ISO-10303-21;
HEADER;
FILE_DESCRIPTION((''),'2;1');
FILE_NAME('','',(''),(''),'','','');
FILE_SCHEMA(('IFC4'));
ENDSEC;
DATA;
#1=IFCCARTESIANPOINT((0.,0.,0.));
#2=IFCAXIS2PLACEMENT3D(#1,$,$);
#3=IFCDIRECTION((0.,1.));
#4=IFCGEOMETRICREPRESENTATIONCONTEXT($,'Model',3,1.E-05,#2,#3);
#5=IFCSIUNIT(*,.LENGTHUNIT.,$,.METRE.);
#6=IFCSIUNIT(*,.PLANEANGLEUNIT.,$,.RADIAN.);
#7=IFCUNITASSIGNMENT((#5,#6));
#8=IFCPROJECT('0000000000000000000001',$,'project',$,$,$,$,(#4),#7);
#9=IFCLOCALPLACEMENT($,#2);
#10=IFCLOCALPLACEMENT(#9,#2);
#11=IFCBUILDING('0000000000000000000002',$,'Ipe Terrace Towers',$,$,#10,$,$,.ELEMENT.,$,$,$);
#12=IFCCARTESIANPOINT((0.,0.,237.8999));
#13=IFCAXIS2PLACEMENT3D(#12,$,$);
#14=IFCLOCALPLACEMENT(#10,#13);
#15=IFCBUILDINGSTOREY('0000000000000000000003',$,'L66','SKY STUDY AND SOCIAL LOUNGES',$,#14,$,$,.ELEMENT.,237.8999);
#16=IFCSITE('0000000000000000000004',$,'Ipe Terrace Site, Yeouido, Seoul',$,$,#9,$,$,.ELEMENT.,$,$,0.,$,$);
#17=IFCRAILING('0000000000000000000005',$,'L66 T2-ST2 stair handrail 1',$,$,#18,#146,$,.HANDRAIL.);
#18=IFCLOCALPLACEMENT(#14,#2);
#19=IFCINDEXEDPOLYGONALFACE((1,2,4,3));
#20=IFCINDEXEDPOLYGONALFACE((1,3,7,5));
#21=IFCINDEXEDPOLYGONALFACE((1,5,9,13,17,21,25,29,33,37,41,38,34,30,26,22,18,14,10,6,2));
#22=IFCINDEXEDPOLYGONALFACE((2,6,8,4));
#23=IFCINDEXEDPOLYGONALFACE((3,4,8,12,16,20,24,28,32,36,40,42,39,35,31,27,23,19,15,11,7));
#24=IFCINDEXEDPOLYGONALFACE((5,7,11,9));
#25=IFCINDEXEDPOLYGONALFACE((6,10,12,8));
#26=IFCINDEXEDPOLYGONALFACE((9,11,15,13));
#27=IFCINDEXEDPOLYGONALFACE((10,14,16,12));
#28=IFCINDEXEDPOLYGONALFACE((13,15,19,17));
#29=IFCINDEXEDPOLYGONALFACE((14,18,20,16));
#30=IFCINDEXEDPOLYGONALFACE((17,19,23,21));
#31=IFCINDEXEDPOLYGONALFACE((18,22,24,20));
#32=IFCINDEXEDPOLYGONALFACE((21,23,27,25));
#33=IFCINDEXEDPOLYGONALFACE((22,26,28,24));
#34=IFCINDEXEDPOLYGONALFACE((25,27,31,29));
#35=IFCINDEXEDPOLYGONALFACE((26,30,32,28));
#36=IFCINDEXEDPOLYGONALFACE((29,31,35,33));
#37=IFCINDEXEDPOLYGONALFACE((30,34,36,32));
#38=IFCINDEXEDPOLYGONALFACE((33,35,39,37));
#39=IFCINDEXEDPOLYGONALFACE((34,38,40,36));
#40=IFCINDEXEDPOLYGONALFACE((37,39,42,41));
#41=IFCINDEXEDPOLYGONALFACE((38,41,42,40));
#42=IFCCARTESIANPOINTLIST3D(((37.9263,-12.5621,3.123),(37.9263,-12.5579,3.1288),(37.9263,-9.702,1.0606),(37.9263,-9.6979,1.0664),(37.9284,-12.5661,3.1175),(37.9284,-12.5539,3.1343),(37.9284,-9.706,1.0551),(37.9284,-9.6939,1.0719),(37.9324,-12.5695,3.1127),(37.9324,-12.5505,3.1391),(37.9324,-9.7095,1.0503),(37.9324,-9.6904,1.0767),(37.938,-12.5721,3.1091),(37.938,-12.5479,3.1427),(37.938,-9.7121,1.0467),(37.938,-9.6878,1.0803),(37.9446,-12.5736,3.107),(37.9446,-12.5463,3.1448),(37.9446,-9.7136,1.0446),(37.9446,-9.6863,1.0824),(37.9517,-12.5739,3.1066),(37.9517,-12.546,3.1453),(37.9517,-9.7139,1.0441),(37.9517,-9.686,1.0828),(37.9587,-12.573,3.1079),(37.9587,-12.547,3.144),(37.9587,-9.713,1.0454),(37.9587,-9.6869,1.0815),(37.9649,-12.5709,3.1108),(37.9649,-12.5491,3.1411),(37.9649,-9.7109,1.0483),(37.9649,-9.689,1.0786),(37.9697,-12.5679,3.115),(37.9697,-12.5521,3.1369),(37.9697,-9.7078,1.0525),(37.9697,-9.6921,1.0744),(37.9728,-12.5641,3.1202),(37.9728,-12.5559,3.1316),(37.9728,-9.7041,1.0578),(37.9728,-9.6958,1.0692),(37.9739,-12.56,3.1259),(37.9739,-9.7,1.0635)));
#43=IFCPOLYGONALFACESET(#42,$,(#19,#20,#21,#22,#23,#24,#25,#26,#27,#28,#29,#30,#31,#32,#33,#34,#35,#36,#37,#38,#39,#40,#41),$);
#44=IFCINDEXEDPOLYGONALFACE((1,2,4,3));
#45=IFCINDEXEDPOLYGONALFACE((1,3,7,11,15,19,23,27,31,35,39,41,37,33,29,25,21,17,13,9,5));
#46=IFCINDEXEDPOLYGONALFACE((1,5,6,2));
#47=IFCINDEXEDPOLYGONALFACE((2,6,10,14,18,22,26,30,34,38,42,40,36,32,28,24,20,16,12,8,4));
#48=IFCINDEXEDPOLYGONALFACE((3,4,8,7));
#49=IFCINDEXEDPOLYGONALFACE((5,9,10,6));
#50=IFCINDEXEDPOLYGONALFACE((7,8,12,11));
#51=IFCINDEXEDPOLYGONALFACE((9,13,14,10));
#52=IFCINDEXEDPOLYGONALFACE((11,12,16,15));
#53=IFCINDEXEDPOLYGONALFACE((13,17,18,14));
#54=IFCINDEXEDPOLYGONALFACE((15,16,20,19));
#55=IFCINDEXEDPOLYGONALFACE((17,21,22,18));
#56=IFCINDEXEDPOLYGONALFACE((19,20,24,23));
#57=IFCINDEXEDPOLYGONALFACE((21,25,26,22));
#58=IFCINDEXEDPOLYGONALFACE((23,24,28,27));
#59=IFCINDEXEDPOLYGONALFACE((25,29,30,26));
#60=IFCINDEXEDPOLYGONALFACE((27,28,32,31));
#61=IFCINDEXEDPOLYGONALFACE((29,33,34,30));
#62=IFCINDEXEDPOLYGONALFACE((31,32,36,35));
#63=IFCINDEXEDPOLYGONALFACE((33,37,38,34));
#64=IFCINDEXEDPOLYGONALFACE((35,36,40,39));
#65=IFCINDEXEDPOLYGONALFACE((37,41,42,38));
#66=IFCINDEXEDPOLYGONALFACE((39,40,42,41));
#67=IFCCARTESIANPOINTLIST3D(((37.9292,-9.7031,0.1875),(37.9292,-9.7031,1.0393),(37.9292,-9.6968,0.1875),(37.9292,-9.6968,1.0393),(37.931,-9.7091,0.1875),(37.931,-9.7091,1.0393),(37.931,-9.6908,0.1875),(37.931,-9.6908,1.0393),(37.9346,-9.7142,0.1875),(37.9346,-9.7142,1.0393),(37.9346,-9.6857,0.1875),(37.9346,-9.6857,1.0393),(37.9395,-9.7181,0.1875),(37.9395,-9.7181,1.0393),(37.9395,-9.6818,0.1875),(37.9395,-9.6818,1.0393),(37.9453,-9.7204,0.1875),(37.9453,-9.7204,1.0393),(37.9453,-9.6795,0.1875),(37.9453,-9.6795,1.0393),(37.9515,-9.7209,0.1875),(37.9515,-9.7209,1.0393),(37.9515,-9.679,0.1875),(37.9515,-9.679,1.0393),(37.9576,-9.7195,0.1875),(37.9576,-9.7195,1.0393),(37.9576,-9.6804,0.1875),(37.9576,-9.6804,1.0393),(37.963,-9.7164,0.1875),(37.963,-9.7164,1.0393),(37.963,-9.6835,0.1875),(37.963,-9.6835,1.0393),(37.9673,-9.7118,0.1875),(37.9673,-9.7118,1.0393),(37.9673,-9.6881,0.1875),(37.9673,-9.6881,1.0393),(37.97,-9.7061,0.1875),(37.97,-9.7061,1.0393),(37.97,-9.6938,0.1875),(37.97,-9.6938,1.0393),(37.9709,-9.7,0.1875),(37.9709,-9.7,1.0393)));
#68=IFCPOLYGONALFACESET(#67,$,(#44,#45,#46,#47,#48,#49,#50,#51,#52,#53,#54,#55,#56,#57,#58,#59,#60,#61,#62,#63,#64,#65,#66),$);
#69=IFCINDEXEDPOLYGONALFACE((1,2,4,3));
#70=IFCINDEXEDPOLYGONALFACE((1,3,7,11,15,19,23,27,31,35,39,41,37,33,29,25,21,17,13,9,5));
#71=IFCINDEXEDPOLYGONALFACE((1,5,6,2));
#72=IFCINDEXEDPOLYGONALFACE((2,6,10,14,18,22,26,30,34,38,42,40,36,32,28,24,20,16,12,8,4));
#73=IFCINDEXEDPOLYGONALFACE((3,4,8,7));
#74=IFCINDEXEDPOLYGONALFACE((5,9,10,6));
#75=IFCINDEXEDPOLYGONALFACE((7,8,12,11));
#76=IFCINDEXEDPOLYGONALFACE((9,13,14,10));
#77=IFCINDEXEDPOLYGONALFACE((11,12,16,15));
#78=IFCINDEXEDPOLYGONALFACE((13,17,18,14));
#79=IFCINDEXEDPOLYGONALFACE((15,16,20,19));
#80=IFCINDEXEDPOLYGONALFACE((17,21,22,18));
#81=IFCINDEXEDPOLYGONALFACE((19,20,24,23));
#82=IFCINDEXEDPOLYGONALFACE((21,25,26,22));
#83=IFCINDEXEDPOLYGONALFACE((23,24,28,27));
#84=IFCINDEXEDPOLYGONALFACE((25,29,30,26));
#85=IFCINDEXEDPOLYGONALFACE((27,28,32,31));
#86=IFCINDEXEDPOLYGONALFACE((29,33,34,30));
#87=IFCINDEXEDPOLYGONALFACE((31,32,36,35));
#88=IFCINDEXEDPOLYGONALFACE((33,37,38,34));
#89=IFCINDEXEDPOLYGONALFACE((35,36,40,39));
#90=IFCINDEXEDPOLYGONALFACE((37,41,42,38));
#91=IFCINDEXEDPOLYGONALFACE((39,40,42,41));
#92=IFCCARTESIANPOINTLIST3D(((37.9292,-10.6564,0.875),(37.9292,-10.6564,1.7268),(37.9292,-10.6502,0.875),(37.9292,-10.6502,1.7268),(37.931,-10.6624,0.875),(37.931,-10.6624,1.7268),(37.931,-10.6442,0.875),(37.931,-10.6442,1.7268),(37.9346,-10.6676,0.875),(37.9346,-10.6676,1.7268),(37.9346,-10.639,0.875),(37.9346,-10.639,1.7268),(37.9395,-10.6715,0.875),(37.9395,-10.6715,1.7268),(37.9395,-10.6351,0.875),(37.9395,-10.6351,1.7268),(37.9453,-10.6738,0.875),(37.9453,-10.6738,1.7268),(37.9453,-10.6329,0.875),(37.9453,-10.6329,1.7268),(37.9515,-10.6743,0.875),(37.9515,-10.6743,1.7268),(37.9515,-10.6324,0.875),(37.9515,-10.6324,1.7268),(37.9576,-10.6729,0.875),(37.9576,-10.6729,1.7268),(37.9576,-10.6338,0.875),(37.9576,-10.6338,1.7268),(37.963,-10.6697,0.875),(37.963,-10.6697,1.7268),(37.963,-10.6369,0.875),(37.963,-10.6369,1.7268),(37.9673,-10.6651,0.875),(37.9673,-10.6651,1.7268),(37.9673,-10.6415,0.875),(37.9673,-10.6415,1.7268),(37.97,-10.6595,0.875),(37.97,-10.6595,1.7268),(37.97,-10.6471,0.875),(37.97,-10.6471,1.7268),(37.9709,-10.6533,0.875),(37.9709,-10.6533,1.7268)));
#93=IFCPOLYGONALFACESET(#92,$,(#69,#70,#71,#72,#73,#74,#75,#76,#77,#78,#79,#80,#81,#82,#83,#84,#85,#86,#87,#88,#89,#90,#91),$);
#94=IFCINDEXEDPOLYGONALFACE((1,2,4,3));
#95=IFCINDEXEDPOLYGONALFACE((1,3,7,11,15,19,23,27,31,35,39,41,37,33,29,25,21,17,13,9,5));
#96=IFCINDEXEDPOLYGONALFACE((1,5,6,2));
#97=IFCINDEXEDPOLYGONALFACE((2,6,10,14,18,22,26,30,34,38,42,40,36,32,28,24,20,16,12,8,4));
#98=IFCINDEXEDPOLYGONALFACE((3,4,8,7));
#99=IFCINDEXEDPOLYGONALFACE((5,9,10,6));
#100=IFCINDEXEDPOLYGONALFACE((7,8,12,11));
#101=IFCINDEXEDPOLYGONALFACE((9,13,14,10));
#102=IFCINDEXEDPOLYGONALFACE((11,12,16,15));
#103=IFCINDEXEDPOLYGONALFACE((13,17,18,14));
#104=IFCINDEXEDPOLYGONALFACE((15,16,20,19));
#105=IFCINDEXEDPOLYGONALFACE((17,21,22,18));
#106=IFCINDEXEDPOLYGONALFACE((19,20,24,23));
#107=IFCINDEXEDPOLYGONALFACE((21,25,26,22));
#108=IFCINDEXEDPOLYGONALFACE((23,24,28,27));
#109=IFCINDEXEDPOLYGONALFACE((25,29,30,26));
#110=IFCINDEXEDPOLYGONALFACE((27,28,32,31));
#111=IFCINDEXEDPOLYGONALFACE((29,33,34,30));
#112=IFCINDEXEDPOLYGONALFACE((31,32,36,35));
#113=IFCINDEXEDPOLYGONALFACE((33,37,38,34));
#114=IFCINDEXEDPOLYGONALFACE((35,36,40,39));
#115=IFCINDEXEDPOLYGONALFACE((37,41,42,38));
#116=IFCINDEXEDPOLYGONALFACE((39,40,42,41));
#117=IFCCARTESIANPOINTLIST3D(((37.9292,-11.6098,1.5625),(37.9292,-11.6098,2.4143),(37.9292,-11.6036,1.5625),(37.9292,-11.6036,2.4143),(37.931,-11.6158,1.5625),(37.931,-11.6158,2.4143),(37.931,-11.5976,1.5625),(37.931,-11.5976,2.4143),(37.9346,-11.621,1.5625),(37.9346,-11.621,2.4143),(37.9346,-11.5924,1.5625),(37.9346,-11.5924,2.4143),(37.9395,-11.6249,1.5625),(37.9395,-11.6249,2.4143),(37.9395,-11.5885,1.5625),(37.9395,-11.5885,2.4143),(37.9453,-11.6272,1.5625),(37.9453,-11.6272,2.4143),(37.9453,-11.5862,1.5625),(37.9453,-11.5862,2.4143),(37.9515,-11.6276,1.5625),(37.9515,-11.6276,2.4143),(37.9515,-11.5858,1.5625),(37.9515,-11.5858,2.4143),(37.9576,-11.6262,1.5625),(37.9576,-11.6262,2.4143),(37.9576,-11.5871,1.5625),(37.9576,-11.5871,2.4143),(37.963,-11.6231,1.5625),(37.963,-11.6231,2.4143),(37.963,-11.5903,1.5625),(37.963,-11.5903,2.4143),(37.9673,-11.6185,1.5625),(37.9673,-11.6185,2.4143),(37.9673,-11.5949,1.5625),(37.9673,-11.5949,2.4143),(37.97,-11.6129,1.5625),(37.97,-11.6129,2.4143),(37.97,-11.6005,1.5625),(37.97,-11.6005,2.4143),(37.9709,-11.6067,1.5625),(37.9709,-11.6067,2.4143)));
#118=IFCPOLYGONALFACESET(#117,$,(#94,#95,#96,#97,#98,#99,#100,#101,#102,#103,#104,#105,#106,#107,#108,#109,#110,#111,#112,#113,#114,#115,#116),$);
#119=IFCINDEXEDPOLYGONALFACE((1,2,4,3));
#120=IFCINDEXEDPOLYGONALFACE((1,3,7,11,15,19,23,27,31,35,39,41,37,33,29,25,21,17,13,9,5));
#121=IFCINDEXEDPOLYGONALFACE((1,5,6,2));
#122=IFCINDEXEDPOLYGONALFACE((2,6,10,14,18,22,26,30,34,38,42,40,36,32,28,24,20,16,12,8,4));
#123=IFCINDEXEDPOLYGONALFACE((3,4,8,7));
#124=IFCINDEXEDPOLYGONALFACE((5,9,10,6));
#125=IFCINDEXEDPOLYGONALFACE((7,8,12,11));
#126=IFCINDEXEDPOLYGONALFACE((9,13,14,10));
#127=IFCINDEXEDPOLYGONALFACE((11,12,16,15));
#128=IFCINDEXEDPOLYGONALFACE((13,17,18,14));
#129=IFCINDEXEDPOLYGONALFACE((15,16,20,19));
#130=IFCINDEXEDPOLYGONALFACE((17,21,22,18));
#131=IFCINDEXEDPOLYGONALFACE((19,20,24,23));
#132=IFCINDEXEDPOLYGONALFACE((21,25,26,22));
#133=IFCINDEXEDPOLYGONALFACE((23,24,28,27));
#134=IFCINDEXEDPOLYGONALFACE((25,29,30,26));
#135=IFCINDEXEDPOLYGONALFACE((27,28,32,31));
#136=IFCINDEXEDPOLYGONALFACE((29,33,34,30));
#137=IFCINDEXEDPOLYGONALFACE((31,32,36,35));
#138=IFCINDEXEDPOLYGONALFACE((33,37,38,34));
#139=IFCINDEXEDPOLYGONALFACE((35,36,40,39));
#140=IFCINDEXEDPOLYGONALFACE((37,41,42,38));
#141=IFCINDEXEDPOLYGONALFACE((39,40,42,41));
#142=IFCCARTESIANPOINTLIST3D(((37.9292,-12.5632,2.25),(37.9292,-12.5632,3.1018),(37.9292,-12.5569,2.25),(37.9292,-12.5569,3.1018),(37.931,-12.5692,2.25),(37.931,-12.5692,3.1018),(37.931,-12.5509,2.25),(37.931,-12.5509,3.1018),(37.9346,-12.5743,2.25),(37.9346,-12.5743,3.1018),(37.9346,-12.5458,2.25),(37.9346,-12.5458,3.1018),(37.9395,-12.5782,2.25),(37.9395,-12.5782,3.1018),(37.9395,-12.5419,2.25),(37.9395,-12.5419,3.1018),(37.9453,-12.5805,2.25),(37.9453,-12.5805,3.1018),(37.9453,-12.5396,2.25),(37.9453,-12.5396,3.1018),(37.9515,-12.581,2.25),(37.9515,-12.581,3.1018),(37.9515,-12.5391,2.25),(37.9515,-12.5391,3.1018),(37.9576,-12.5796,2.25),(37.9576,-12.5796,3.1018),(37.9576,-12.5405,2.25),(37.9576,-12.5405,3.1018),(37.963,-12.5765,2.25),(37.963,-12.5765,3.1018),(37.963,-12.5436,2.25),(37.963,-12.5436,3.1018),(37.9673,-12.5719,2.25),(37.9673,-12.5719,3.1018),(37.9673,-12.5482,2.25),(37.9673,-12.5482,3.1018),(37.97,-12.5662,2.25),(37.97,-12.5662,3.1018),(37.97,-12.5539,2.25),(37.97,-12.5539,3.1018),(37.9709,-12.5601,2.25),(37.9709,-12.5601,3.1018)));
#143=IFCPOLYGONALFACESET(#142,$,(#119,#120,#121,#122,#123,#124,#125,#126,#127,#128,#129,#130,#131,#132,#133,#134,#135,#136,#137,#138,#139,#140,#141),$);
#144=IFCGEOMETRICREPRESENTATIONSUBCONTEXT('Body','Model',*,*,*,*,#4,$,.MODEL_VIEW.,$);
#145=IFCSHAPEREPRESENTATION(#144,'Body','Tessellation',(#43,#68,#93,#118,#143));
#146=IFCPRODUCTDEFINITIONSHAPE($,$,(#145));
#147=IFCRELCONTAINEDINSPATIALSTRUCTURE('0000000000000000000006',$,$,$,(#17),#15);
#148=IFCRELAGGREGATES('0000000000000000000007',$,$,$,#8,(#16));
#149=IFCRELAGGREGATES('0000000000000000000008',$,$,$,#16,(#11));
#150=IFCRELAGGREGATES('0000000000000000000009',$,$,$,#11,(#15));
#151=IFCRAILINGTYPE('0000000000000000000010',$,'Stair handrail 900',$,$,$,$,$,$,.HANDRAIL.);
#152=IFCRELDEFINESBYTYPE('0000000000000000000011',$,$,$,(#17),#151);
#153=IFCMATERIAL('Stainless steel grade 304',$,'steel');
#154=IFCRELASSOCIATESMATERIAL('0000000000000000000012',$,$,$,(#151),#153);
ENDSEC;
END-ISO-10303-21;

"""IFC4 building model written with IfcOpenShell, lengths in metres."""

from ifc_helpers import new_model, si_unit, direction, frame, origin, origin_2d, place, context, subcontext, project, spatial, circle, extrude, material, type_object, element, save


model = new_model("IFC4")

# Units and contexts
model_context = context("Model", 3, precision=1e-05, world=origin(), true_north=direction((0.0, 1.0)))
body_context = subcontext(model_context, "Body", "Model", "MODEL_VIEW")
ifc_project = project(units=[si_unit("LENGTHUNIT", "METRE"), si_unit("PLANEANGLEUNIT", "RADIAN")], contexts=[model_context])

# Site, building, storey
site_placement = place(None, origin())
site = spatial("IfcSite", under=ifc_project, at=site_placement, Name="Ipe Terrace Site, Yeouido, Seoul", CompositionType="ELEMENT", RefElevation=0.0)
building_placement = place(site_placement, origin())
building = spatial("IfcBuilding", under=site, at=building_placement, Name="Ipe Terrace Towers", CompositionType="ELEMENT")
storey_placement = place(building_placement, frame((0.0, 0.0, 237.8999)))
storey = spatial("IfcBuildingStorey", under=building, at=storey_placement, Name="L66", Description="SKY STUDY AND SOCIAL LOUNGES", CompositionType="ELEMENT", Elevation=237.8999)

# Railing
ifc_material_1 = material(Name="Stainless steel grade 304", Category="steel")
railing_type_1 = type_object("IfcRailingType", Name="Stair handrail 900", PredefinedType="HANDRAIL", material=ifc_material_1)
railing_1_placement = place(storey_placement, frame((37.95, -9.7, 0.1875)))
element("IfcRailing", 1, at=railing_1_placement, inside=storey, type_object=railing_type_1, Name="L66 T2-ST2 stair handrail 1", PredefinedType="HANDRAIL", context=body_context, shape_type="SweptSolid", body=[
    extrude(circle(Radius=0.0239, at=origin_2d()), frame((0.0, 0.0, 0.876), z_axis=(0.0, -0.811101, 0.584906), x_axis=(1.0, 0.0, 0.0)), (0.0, 0.0, 1.0), 3.5261),
    extrude(circle(Radius=0.021, at=origin_2d()), origin(), (0.0, 0.0, 1.0), 0.8518),
    extrude(circle(Radius=0.021, at=origin_2d()), frame((0.0, -0.9534, 0.6875)), (0.0, 0.0, 1.0), 0.8518),
    extrude(circle(Radius=0.021, at=origin_2d()), frame((0.0, -1.9067, 1.375)), (0.0, 0.0, 1.0), 0.8518),
    extrude(circle(Radius=0.021, at=origin_2d()), frame((0.0, -2.8601, 2.0625)), (0.0, 0.0, 1.0), 0.8518),
])

save(model, "model.ifc")
